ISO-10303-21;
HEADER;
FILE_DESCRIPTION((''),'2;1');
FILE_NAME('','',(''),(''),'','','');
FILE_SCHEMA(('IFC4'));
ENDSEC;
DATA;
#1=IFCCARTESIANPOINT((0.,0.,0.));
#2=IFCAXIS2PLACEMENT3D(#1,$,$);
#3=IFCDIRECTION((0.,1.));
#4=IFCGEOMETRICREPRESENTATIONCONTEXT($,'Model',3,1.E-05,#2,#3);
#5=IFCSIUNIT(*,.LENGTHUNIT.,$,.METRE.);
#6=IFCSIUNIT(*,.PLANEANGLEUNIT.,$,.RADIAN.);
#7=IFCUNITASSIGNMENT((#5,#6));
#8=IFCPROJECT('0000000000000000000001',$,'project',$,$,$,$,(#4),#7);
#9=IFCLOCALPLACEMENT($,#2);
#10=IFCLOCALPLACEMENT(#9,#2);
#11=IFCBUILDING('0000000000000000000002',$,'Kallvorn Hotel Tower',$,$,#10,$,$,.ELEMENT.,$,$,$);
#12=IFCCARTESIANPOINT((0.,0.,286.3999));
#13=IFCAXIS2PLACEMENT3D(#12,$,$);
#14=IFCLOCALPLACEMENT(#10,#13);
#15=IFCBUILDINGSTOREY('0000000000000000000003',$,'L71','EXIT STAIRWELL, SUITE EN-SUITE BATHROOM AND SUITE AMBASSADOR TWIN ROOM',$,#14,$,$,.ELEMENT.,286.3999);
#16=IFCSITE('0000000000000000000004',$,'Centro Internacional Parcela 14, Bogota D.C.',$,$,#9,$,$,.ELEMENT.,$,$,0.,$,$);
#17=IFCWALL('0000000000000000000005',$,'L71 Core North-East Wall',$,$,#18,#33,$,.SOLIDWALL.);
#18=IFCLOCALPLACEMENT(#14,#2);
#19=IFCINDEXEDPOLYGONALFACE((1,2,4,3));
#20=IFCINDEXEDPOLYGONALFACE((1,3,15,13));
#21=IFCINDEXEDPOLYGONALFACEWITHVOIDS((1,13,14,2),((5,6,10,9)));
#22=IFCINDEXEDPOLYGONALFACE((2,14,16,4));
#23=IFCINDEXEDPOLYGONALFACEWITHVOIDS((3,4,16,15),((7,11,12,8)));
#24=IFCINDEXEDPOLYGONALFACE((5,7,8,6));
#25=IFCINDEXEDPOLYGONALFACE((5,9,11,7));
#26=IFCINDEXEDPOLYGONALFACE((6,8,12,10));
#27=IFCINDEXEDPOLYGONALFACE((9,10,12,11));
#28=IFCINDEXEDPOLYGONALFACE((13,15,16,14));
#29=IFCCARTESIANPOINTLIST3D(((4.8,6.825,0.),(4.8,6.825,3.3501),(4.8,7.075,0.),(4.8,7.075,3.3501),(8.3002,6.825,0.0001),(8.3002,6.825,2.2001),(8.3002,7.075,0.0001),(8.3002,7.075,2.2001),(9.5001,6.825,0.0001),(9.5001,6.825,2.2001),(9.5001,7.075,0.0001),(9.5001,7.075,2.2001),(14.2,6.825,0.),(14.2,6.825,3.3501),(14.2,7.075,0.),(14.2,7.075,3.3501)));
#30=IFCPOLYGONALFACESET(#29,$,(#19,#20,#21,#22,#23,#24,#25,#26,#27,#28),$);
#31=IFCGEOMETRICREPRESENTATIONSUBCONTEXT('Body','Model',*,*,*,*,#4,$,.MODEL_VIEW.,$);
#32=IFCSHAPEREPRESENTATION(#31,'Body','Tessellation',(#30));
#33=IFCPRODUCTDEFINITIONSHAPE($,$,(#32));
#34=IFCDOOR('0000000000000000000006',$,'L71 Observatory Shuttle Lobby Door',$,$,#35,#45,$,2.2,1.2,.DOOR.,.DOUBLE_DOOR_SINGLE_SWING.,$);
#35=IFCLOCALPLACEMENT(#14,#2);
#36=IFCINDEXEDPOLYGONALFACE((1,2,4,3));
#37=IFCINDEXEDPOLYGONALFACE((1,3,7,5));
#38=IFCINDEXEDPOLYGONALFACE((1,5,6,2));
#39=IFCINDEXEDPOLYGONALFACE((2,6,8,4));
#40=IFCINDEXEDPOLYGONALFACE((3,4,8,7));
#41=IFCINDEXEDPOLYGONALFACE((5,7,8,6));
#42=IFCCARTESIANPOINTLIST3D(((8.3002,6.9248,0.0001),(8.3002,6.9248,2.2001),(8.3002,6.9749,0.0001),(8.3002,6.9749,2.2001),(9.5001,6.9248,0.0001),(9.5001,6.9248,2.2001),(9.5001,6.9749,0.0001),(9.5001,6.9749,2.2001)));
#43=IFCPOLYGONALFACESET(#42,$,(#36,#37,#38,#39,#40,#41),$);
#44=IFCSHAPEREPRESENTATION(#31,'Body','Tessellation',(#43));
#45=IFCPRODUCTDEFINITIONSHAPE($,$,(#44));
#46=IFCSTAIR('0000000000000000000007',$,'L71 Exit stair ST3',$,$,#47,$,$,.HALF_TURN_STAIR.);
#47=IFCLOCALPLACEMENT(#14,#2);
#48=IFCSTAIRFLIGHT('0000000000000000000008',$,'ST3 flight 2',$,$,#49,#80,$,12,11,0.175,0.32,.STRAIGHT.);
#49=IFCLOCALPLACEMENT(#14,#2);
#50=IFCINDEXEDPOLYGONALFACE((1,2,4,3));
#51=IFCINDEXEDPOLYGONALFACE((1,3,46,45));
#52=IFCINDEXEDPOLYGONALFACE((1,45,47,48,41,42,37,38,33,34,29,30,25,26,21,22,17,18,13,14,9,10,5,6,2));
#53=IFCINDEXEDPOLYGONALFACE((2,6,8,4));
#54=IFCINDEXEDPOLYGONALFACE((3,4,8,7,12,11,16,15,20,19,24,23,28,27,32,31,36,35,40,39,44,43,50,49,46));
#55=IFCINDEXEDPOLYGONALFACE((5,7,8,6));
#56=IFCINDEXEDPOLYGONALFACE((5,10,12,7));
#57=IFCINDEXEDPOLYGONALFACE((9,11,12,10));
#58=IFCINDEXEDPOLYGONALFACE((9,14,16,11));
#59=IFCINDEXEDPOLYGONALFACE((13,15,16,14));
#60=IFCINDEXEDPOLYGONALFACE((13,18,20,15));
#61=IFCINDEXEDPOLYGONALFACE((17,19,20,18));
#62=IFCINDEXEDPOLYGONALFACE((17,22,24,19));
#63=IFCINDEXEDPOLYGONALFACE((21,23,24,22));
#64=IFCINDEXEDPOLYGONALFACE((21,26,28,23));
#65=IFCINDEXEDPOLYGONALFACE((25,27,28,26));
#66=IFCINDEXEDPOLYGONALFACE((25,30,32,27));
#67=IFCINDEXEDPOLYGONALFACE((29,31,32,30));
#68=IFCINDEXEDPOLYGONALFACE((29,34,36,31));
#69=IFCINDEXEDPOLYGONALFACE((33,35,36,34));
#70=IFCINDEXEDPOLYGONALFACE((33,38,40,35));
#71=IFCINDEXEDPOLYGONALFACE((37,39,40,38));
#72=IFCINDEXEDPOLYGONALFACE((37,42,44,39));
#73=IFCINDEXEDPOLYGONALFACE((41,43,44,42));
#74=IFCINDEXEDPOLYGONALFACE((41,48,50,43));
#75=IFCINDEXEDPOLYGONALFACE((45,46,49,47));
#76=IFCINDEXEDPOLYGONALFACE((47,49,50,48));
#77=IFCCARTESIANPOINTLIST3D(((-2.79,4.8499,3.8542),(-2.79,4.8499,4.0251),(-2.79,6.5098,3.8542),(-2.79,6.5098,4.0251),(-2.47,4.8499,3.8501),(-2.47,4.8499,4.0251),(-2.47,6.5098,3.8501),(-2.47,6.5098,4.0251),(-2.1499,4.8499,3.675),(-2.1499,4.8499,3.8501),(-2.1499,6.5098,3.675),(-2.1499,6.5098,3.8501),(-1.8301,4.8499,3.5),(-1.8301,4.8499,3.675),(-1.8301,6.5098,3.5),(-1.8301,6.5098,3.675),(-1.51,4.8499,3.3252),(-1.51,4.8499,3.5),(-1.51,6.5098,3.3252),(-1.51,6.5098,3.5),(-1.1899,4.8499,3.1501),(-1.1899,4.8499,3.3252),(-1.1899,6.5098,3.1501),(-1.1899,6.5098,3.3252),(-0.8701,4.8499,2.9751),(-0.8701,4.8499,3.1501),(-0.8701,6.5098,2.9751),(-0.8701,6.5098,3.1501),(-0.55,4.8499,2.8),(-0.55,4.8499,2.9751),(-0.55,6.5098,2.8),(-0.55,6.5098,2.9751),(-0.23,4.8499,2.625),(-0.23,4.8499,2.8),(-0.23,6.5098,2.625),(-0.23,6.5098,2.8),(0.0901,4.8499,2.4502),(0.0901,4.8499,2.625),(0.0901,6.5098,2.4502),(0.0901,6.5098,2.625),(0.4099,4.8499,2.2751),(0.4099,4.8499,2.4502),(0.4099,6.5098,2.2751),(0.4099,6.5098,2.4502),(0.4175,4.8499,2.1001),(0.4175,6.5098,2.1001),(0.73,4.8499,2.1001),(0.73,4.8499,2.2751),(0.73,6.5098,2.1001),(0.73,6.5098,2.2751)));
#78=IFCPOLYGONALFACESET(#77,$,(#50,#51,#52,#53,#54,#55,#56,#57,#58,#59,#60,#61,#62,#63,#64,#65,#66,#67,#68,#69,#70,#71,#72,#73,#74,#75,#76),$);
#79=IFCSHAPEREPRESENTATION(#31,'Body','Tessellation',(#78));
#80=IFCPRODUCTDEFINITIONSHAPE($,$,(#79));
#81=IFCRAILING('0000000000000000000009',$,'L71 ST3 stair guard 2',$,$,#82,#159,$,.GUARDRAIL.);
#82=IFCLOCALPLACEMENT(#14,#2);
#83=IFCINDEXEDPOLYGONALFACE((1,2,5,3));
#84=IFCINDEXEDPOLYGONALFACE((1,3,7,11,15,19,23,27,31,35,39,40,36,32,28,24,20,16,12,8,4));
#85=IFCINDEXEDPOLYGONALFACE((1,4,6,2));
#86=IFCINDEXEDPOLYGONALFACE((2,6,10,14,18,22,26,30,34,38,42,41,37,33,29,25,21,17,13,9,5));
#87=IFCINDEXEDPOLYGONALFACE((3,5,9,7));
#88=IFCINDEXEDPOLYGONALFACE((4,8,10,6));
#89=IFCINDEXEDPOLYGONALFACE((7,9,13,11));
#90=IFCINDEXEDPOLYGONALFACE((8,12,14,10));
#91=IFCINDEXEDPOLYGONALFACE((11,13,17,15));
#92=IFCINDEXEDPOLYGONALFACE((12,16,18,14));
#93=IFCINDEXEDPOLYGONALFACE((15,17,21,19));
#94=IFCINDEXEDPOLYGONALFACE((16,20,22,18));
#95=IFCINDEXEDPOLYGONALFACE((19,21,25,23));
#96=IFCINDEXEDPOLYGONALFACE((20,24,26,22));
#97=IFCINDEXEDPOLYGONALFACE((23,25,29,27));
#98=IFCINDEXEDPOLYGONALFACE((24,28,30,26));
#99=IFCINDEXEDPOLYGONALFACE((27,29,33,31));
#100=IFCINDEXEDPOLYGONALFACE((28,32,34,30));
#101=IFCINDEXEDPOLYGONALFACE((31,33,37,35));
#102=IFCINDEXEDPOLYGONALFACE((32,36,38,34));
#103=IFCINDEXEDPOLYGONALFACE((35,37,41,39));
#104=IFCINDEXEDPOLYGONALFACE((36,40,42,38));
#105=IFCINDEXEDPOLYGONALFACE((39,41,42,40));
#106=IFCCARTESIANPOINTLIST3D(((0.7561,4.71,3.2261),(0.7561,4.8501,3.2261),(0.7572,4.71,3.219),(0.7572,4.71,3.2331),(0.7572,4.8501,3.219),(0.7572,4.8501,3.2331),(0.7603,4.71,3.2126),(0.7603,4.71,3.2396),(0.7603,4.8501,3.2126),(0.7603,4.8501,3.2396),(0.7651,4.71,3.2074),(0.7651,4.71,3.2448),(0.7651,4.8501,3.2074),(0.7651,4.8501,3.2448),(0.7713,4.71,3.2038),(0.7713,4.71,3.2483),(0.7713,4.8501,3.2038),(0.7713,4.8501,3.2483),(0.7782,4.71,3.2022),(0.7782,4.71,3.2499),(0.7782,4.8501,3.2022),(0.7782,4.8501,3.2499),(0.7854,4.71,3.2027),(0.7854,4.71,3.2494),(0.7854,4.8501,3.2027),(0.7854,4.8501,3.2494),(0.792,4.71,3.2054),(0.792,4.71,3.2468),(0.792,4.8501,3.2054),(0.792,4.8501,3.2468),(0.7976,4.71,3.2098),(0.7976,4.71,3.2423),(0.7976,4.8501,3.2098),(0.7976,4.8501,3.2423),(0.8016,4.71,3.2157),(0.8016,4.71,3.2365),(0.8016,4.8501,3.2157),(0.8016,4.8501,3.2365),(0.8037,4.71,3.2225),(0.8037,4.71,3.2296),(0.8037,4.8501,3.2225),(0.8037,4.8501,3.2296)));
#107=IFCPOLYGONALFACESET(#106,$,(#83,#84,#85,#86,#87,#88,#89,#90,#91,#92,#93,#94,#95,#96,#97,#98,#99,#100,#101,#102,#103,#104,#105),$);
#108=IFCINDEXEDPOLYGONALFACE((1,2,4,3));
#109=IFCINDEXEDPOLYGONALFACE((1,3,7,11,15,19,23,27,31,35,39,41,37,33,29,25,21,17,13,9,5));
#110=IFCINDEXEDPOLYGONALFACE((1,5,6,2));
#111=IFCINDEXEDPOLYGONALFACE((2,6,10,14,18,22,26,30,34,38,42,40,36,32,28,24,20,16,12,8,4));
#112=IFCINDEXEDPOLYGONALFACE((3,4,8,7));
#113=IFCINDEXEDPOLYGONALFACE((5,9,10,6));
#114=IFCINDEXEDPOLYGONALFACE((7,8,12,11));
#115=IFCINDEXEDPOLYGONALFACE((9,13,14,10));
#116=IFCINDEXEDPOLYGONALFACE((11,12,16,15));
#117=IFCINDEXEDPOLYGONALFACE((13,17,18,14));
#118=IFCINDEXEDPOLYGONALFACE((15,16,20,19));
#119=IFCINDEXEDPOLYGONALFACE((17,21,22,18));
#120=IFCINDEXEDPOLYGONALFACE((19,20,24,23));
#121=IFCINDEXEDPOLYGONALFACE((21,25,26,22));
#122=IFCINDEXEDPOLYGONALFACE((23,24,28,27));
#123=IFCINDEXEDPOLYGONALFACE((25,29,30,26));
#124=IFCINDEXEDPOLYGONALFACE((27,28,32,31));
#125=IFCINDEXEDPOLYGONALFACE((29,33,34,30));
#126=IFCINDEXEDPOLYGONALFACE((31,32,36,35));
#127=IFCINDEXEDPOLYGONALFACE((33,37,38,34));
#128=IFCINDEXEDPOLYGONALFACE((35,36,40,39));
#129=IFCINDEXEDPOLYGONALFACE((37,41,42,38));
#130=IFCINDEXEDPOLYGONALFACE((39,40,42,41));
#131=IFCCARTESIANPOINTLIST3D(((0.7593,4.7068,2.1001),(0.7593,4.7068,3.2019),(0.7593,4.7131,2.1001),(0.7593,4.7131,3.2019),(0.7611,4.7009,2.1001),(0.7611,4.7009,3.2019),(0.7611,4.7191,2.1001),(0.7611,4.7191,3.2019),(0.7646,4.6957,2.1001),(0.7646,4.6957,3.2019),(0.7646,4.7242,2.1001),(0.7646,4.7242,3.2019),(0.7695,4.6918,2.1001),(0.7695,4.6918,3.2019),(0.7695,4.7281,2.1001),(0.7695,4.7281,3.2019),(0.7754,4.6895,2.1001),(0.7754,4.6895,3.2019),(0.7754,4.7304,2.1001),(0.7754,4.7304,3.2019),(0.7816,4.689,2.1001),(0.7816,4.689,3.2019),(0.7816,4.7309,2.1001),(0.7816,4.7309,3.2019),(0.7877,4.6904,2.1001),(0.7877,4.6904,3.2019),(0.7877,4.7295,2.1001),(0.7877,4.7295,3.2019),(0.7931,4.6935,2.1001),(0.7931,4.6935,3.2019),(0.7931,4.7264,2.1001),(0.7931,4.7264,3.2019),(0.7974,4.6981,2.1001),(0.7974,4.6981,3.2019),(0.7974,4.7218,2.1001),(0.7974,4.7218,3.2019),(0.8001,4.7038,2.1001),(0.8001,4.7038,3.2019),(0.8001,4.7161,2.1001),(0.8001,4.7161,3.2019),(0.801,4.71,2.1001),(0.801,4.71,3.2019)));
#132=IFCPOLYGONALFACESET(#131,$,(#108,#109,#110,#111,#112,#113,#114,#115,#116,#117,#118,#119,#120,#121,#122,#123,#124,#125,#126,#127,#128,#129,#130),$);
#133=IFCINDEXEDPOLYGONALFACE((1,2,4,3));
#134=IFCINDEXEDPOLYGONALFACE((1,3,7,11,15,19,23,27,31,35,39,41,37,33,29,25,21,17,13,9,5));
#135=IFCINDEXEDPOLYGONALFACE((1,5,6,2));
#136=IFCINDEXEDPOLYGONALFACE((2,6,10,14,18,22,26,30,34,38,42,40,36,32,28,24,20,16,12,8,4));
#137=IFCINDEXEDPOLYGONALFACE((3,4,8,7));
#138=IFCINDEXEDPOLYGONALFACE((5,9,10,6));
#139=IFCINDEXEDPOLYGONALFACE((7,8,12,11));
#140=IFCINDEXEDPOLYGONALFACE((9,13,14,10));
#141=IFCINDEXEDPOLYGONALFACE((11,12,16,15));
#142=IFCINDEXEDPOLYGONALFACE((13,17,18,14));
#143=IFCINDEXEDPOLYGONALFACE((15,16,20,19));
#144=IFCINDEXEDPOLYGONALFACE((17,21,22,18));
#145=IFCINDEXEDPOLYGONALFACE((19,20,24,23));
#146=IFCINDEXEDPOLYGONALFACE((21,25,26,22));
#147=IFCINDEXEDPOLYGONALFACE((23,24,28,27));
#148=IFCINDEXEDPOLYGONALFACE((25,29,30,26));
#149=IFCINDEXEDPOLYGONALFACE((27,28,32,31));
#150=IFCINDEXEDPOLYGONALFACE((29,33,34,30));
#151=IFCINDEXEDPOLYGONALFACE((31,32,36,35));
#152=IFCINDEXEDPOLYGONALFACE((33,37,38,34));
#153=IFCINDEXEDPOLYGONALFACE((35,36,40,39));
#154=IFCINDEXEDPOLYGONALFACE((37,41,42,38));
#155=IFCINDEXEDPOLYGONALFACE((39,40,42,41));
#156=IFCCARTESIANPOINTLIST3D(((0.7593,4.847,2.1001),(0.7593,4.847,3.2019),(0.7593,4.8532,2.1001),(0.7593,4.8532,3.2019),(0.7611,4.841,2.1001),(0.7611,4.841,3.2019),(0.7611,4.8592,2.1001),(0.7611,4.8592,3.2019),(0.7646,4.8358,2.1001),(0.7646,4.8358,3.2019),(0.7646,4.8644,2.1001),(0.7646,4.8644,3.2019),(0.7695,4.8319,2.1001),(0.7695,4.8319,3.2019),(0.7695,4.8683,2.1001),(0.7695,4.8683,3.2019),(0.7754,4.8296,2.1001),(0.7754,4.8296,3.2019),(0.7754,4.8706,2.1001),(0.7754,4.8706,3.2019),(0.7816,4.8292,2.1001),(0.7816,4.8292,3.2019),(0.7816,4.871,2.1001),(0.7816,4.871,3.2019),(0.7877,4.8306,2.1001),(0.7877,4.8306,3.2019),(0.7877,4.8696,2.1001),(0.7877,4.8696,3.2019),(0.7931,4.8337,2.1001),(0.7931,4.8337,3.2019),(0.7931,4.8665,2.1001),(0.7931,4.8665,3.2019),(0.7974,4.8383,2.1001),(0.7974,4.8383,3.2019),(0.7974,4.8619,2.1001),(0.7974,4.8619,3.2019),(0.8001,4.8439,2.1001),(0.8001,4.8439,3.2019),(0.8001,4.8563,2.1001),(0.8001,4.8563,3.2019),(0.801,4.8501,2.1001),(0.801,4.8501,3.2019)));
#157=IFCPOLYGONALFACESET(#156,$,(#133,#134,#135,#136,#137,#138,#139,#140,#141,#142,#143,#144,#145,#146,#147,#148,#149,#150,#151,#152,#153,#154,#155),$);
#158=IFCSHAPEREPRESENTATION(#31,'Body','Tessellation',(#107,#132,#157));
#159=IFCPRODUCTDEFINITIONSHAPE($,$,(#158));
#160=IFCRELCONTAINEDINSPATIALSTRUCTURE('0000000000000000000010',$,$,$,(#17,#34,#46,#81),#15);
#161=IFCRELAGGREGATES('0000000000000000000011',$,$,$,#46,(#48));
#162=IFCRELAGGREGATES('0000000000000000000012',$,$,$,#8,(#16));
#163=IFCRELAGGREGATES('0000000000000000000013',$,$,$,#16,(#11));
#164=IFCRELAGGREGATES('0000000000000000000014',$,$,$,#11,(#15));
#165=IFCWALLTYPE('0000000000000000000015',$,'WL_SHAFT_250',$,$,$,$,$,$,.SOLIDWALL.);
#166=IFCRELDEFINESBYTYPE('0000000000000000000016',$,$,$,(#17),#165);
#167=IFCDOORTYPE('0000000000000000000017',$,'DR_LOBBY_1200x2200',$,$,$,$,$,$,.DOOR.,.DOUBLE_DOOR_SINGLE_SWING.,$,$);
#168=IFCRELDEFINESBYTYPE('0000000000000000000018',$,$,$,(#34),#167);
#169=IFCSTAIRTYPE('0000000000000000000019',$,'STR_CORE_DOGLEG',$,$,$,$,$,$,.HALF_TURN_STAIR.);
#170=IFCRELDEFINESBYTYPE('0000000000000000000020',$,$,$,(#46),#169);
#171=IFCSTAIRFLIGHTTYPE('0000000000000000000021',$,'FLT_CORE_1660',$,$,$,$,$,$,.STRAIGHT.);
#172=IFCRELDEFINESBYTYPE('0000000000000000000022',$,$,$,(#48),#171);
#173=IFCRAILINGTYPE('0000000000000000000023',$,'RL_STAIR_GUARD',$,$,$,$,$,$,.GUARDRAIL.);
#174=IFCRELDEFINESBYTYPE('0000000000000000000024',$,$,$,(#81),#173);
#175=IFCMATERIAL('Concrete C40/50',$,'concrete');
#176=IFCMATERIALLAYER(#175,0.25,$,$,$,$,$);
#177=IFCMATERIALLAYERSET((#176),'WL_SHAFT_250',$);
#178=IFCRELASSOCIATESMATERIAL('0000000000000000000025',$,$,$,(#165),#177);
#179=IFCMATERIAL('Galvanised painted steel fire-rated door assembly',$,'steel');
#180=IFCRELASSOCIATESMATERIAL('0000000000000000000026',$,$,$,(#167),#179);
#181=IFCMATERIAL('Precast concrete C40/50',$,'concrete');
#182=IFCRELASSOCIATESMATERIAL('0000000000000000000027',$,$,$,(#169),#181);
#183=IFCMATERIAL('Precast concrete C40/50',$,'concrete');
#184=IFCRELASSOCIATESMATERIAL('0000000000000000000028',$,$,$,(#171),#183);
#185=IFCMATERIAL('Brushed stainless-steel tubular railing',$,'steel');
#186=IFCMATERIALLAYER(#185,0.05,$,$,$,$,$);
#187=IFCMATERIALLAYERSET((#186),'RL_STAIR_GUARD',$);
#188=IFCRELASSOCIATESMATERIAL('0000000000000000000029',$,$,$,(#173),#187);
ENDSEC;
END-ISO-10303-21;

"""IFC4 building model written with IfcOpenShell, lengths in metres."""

from ifc_helpers import new_model, si_unit, direction, frame, frame_2d, origin, origin_2d, place, context, subcontext, project, spatial, polyline, rectangle, circle, outline, extrude, material, layer, layer_set, type_object, element, fill, aggregate, save


model = new_model("IFC4")

# Units and contexts
model_context = context("Model", 3, precision=1e-05, world=origin(), true_north=direction((0.0, 1.0)))
body_context = subcontext(model_context, "Body", "Model", "MODEL_VIEW")
ifc_project = project(units=[si_unit("LENGTHUNIT", "METRE"), si_unit("PLANEANGLEUNIT", "RADIAN")], contexts=[model_context])

# Site, building, storey
site_placement = place(None, origin())
site = spatial("IfcSite", under=ifc_project, at=site_placement, Name="Centro Internacional Parcela 14, Bogota D.C.", CompositionType="ELEMENT", RefElevation=0.0)
building_placement = place(site_placement, origin())
building = spatial("IfcBuilding", under=site, at=building_placement, Name="Kallvorn Hotel Tower", CompositionType="ELEMENT")
storey_placement = place(building_placement, frame((0.0, 0.0, 286.3999)))
storey = spatial("IfcBuildingStorey", under=building, at=storey_placement, Name="L71", Description="EXIT STAIRWELL, SUITE EN-SUITE BATHROOM AND SUITE AMBASSADOR TWIN ROOM", CompositionType="ELEMENT", Elevation=286.3999)

# Wall, opening, door
ifc_material_1 = material(Name="Concrete C40/50", Category="concrete")
ifc_layer_1 = layer(ifc_material_1, 0.25)
ifc_layer_set_1 = layer_set([ifc_layer_1], Name="WL_SHAFT_250")
wall_type_1 = type_object("IfcWallType", Name="WL_SHAFT_250", PredefinedType="SOLIDWALL", material=ifc_layer_set_1)
wall_1_placement = place(storey_placement, frame((4.8, 6.95, 0.0), z_axis=(0.0, 0.0, 1.0), x_axis=(1.0, 0.0, 0.0)))
wall_1 = element("IfcWall", 1, at=wall_1_placement, inside=storey, type_object=wall_type_1, Name="L71 Core North-East Wall", PredefinedType="SOLIDWALL", context=body_context, shape_type="SweptSolid", body=[
    extrude(rectangle(XDim=9.3999, YDim=0.25, at=frame_2d((4.7, 0.0))), origin(), (0.0, 0.0, 1.0), 3.3501),
])
opening_1_placement = place(wall_1_placement, frame((3.5, 0.0, 0.0)))
opening_1 = element("IfcOpeningElement", 2, at=opening_1_placement, cuts=wall_1, PredefinedType="OPENING", context=body_context, shape_type="SweptSolid", body=[
    extrude(rectangle(XDim=1.2, YDim=2.2, at=frame_2d((0.6001, 1.1001))), frame((0.0, 0.1399, 0.0), z_axis=(0.0, -1.0, 0.0), x_axis=(1.0, 0.0, 0.0)), (0.0, 0.0, 1.0), 0.28),
])
ifc_material_2 = material(Name="Galvanised painted steel fire-rated door assembly", Category="steel")
door_type = type_object("IfcDoorType", Name="DR_LOBBY_1200x2200", OperationType="DOUBLE_DOOR_SINGLE_SWING", PredefinedType="DOOR", material=ifc_material_2)
door_placement = place(opening_1_placement, origin())
door = element("IfcDoor", 3, at=door_placement, inside=storey, type_object=door_type, Name="L71 Observatory Shuttle Lobby Door", OperationType="DOUBLE_DOOR_SINGLE_SWING", OverallHeight=2.2, OverallWidth=1.2, PredefinedType="DOOR", context=body_context, shape_type="SweptSolid", body=[
    extrude(rectangle(XDim=1.2, YDim=2.2, at=frame_2d((0.6001, 1.1001))), frame((0.0, 0.0249, 0.0), z_axis=(0.0, -1.0, 0.0), x_axis=(1.0, 0.0, 0.0)), (0.0, 0.0, 1.0), 0.05),
])
fill(opening_1, door)

# Stair, stair flight
ifc_material_3 = material(Name="Precast concrete C40/50", Category="concrete")
stair_type = type_object("IfcStairType", Name="STR_CORE_DOGLEG", PredefinedType="HALF_TURN_STAIR", material=ifc_material_3)
stair_placement = place(storey_placement, origin())
stair = element("IfcStair", 4, at=stair_placement, inside=storey, type_object=stair_type, Name="L71 Exit stair ST3", PredefinedType="HALF_TURN_STAIR")
ifc_material_4 = material(Name="Precast concrete C40/50", Category="concrete")
stair_flight_type = type_object("IfcStairFlightType", Name="FLT_CORE_1660", PredefinedType="STRAIGHT", material=ifc_material_4)
stair_flight_placement = place(storey_placement, frame((0.73, 5.6799, 2.1001), z_axis=(0.0, 0.0, 1.0), x_axis=(-1.0, 0.0, 0.0)))
stair_flight = element("IfcStairFlight", 5, at=stair_flight_placement, type_object=stair_flight_type, Name="ST3 flight 2", NumberOfRisers=12, NumberOfTreads=11, PredefinedType="STRAIGHT", RiserHeight=0.175, TreadLength=0.32, context=body_context, shape_type="SweptSolid", body=[
    extrude(outline(polyline([(0.0, 0.0), (0.0, 0.175), (0.3201, 0.175), (0.3201, 0.3501), (0.6399, 0.3501), (0.6399, 0.5249), (0.96, 0.5249), (0.96, 0.7), (1.28, 0.7), (1.28, 0.875), (1.6001, 0.875), (1.6001, 1.05), (1.9199, 1.05), (1.9199, 1.2251), (2.24, 1.2251), (2.24, 1.3999), (2.5601, 1.3999), (2.5601, 1.575), (2.8799, 1.575), (2.8799, 1.75), (3.2, 1.75), (3.2, 1.925), (3.52, 1.925), (3.52, 2.1001), (3.52, 1.7542), (0.3125, 0.0), (0.0, 0.0)])), frame((0.0, 0.8301, 0.0), z_axis=(0.0, -1.0, 0.0), x_axis=(1.0, 0.0, 0.0)), (0.0, 0.0, 1.0), 1.6599),
])
aggregate(stair, [stair_flight])

# Railing
ifc_material_5 = material(Name="Brushed stainless-steel tubular railing", Category="steel")
ifc_layer_2 = layer(ifc_material_5, 0.05)
ifc_layer_set_2 = layer_set([ifc_layer_2], Name="RL_STAIR_GUARD")
railing_type_1 = type_object("IfcRailingType", Name="RL_STAIR_GUARD", PredefinedType="GUARDRAIL", material=ifc_layer_set_2)
railing_1_placement = place(storey_placement, frame((0.78, 4.71, 2.1001)))
element("IfcRailing", 6, at=railing_1_placement, inside=storey, type_object=railing_type_1, Name="L71 ST3 stair guard 2", PredefinedType="GUARDRAIL", context=body_context, shape_type="SweptSolid", body=[
    extrude(circle(Radius=0.0239, at=origin_2d()), frame((0.0, 0.0, 1.126), z_axis=(0.0, 1.0, 0.0), x_axis=(-1.0, 0.0, 0.0)), (0.0, 0.0, 1.0), 0.1401),
    extrude(circle(Radius=0.021, at=origin_2d()), origin(), (0.0, 0.0, 1.0), 1.1018),
    extrude(circle(Radius=0.021, at=origin_2d()), frame((0.0, 0.1401, 0.0)), (0.0, 0.0, 1.0), 1.1018),
])

save(model, "model.ifc")
